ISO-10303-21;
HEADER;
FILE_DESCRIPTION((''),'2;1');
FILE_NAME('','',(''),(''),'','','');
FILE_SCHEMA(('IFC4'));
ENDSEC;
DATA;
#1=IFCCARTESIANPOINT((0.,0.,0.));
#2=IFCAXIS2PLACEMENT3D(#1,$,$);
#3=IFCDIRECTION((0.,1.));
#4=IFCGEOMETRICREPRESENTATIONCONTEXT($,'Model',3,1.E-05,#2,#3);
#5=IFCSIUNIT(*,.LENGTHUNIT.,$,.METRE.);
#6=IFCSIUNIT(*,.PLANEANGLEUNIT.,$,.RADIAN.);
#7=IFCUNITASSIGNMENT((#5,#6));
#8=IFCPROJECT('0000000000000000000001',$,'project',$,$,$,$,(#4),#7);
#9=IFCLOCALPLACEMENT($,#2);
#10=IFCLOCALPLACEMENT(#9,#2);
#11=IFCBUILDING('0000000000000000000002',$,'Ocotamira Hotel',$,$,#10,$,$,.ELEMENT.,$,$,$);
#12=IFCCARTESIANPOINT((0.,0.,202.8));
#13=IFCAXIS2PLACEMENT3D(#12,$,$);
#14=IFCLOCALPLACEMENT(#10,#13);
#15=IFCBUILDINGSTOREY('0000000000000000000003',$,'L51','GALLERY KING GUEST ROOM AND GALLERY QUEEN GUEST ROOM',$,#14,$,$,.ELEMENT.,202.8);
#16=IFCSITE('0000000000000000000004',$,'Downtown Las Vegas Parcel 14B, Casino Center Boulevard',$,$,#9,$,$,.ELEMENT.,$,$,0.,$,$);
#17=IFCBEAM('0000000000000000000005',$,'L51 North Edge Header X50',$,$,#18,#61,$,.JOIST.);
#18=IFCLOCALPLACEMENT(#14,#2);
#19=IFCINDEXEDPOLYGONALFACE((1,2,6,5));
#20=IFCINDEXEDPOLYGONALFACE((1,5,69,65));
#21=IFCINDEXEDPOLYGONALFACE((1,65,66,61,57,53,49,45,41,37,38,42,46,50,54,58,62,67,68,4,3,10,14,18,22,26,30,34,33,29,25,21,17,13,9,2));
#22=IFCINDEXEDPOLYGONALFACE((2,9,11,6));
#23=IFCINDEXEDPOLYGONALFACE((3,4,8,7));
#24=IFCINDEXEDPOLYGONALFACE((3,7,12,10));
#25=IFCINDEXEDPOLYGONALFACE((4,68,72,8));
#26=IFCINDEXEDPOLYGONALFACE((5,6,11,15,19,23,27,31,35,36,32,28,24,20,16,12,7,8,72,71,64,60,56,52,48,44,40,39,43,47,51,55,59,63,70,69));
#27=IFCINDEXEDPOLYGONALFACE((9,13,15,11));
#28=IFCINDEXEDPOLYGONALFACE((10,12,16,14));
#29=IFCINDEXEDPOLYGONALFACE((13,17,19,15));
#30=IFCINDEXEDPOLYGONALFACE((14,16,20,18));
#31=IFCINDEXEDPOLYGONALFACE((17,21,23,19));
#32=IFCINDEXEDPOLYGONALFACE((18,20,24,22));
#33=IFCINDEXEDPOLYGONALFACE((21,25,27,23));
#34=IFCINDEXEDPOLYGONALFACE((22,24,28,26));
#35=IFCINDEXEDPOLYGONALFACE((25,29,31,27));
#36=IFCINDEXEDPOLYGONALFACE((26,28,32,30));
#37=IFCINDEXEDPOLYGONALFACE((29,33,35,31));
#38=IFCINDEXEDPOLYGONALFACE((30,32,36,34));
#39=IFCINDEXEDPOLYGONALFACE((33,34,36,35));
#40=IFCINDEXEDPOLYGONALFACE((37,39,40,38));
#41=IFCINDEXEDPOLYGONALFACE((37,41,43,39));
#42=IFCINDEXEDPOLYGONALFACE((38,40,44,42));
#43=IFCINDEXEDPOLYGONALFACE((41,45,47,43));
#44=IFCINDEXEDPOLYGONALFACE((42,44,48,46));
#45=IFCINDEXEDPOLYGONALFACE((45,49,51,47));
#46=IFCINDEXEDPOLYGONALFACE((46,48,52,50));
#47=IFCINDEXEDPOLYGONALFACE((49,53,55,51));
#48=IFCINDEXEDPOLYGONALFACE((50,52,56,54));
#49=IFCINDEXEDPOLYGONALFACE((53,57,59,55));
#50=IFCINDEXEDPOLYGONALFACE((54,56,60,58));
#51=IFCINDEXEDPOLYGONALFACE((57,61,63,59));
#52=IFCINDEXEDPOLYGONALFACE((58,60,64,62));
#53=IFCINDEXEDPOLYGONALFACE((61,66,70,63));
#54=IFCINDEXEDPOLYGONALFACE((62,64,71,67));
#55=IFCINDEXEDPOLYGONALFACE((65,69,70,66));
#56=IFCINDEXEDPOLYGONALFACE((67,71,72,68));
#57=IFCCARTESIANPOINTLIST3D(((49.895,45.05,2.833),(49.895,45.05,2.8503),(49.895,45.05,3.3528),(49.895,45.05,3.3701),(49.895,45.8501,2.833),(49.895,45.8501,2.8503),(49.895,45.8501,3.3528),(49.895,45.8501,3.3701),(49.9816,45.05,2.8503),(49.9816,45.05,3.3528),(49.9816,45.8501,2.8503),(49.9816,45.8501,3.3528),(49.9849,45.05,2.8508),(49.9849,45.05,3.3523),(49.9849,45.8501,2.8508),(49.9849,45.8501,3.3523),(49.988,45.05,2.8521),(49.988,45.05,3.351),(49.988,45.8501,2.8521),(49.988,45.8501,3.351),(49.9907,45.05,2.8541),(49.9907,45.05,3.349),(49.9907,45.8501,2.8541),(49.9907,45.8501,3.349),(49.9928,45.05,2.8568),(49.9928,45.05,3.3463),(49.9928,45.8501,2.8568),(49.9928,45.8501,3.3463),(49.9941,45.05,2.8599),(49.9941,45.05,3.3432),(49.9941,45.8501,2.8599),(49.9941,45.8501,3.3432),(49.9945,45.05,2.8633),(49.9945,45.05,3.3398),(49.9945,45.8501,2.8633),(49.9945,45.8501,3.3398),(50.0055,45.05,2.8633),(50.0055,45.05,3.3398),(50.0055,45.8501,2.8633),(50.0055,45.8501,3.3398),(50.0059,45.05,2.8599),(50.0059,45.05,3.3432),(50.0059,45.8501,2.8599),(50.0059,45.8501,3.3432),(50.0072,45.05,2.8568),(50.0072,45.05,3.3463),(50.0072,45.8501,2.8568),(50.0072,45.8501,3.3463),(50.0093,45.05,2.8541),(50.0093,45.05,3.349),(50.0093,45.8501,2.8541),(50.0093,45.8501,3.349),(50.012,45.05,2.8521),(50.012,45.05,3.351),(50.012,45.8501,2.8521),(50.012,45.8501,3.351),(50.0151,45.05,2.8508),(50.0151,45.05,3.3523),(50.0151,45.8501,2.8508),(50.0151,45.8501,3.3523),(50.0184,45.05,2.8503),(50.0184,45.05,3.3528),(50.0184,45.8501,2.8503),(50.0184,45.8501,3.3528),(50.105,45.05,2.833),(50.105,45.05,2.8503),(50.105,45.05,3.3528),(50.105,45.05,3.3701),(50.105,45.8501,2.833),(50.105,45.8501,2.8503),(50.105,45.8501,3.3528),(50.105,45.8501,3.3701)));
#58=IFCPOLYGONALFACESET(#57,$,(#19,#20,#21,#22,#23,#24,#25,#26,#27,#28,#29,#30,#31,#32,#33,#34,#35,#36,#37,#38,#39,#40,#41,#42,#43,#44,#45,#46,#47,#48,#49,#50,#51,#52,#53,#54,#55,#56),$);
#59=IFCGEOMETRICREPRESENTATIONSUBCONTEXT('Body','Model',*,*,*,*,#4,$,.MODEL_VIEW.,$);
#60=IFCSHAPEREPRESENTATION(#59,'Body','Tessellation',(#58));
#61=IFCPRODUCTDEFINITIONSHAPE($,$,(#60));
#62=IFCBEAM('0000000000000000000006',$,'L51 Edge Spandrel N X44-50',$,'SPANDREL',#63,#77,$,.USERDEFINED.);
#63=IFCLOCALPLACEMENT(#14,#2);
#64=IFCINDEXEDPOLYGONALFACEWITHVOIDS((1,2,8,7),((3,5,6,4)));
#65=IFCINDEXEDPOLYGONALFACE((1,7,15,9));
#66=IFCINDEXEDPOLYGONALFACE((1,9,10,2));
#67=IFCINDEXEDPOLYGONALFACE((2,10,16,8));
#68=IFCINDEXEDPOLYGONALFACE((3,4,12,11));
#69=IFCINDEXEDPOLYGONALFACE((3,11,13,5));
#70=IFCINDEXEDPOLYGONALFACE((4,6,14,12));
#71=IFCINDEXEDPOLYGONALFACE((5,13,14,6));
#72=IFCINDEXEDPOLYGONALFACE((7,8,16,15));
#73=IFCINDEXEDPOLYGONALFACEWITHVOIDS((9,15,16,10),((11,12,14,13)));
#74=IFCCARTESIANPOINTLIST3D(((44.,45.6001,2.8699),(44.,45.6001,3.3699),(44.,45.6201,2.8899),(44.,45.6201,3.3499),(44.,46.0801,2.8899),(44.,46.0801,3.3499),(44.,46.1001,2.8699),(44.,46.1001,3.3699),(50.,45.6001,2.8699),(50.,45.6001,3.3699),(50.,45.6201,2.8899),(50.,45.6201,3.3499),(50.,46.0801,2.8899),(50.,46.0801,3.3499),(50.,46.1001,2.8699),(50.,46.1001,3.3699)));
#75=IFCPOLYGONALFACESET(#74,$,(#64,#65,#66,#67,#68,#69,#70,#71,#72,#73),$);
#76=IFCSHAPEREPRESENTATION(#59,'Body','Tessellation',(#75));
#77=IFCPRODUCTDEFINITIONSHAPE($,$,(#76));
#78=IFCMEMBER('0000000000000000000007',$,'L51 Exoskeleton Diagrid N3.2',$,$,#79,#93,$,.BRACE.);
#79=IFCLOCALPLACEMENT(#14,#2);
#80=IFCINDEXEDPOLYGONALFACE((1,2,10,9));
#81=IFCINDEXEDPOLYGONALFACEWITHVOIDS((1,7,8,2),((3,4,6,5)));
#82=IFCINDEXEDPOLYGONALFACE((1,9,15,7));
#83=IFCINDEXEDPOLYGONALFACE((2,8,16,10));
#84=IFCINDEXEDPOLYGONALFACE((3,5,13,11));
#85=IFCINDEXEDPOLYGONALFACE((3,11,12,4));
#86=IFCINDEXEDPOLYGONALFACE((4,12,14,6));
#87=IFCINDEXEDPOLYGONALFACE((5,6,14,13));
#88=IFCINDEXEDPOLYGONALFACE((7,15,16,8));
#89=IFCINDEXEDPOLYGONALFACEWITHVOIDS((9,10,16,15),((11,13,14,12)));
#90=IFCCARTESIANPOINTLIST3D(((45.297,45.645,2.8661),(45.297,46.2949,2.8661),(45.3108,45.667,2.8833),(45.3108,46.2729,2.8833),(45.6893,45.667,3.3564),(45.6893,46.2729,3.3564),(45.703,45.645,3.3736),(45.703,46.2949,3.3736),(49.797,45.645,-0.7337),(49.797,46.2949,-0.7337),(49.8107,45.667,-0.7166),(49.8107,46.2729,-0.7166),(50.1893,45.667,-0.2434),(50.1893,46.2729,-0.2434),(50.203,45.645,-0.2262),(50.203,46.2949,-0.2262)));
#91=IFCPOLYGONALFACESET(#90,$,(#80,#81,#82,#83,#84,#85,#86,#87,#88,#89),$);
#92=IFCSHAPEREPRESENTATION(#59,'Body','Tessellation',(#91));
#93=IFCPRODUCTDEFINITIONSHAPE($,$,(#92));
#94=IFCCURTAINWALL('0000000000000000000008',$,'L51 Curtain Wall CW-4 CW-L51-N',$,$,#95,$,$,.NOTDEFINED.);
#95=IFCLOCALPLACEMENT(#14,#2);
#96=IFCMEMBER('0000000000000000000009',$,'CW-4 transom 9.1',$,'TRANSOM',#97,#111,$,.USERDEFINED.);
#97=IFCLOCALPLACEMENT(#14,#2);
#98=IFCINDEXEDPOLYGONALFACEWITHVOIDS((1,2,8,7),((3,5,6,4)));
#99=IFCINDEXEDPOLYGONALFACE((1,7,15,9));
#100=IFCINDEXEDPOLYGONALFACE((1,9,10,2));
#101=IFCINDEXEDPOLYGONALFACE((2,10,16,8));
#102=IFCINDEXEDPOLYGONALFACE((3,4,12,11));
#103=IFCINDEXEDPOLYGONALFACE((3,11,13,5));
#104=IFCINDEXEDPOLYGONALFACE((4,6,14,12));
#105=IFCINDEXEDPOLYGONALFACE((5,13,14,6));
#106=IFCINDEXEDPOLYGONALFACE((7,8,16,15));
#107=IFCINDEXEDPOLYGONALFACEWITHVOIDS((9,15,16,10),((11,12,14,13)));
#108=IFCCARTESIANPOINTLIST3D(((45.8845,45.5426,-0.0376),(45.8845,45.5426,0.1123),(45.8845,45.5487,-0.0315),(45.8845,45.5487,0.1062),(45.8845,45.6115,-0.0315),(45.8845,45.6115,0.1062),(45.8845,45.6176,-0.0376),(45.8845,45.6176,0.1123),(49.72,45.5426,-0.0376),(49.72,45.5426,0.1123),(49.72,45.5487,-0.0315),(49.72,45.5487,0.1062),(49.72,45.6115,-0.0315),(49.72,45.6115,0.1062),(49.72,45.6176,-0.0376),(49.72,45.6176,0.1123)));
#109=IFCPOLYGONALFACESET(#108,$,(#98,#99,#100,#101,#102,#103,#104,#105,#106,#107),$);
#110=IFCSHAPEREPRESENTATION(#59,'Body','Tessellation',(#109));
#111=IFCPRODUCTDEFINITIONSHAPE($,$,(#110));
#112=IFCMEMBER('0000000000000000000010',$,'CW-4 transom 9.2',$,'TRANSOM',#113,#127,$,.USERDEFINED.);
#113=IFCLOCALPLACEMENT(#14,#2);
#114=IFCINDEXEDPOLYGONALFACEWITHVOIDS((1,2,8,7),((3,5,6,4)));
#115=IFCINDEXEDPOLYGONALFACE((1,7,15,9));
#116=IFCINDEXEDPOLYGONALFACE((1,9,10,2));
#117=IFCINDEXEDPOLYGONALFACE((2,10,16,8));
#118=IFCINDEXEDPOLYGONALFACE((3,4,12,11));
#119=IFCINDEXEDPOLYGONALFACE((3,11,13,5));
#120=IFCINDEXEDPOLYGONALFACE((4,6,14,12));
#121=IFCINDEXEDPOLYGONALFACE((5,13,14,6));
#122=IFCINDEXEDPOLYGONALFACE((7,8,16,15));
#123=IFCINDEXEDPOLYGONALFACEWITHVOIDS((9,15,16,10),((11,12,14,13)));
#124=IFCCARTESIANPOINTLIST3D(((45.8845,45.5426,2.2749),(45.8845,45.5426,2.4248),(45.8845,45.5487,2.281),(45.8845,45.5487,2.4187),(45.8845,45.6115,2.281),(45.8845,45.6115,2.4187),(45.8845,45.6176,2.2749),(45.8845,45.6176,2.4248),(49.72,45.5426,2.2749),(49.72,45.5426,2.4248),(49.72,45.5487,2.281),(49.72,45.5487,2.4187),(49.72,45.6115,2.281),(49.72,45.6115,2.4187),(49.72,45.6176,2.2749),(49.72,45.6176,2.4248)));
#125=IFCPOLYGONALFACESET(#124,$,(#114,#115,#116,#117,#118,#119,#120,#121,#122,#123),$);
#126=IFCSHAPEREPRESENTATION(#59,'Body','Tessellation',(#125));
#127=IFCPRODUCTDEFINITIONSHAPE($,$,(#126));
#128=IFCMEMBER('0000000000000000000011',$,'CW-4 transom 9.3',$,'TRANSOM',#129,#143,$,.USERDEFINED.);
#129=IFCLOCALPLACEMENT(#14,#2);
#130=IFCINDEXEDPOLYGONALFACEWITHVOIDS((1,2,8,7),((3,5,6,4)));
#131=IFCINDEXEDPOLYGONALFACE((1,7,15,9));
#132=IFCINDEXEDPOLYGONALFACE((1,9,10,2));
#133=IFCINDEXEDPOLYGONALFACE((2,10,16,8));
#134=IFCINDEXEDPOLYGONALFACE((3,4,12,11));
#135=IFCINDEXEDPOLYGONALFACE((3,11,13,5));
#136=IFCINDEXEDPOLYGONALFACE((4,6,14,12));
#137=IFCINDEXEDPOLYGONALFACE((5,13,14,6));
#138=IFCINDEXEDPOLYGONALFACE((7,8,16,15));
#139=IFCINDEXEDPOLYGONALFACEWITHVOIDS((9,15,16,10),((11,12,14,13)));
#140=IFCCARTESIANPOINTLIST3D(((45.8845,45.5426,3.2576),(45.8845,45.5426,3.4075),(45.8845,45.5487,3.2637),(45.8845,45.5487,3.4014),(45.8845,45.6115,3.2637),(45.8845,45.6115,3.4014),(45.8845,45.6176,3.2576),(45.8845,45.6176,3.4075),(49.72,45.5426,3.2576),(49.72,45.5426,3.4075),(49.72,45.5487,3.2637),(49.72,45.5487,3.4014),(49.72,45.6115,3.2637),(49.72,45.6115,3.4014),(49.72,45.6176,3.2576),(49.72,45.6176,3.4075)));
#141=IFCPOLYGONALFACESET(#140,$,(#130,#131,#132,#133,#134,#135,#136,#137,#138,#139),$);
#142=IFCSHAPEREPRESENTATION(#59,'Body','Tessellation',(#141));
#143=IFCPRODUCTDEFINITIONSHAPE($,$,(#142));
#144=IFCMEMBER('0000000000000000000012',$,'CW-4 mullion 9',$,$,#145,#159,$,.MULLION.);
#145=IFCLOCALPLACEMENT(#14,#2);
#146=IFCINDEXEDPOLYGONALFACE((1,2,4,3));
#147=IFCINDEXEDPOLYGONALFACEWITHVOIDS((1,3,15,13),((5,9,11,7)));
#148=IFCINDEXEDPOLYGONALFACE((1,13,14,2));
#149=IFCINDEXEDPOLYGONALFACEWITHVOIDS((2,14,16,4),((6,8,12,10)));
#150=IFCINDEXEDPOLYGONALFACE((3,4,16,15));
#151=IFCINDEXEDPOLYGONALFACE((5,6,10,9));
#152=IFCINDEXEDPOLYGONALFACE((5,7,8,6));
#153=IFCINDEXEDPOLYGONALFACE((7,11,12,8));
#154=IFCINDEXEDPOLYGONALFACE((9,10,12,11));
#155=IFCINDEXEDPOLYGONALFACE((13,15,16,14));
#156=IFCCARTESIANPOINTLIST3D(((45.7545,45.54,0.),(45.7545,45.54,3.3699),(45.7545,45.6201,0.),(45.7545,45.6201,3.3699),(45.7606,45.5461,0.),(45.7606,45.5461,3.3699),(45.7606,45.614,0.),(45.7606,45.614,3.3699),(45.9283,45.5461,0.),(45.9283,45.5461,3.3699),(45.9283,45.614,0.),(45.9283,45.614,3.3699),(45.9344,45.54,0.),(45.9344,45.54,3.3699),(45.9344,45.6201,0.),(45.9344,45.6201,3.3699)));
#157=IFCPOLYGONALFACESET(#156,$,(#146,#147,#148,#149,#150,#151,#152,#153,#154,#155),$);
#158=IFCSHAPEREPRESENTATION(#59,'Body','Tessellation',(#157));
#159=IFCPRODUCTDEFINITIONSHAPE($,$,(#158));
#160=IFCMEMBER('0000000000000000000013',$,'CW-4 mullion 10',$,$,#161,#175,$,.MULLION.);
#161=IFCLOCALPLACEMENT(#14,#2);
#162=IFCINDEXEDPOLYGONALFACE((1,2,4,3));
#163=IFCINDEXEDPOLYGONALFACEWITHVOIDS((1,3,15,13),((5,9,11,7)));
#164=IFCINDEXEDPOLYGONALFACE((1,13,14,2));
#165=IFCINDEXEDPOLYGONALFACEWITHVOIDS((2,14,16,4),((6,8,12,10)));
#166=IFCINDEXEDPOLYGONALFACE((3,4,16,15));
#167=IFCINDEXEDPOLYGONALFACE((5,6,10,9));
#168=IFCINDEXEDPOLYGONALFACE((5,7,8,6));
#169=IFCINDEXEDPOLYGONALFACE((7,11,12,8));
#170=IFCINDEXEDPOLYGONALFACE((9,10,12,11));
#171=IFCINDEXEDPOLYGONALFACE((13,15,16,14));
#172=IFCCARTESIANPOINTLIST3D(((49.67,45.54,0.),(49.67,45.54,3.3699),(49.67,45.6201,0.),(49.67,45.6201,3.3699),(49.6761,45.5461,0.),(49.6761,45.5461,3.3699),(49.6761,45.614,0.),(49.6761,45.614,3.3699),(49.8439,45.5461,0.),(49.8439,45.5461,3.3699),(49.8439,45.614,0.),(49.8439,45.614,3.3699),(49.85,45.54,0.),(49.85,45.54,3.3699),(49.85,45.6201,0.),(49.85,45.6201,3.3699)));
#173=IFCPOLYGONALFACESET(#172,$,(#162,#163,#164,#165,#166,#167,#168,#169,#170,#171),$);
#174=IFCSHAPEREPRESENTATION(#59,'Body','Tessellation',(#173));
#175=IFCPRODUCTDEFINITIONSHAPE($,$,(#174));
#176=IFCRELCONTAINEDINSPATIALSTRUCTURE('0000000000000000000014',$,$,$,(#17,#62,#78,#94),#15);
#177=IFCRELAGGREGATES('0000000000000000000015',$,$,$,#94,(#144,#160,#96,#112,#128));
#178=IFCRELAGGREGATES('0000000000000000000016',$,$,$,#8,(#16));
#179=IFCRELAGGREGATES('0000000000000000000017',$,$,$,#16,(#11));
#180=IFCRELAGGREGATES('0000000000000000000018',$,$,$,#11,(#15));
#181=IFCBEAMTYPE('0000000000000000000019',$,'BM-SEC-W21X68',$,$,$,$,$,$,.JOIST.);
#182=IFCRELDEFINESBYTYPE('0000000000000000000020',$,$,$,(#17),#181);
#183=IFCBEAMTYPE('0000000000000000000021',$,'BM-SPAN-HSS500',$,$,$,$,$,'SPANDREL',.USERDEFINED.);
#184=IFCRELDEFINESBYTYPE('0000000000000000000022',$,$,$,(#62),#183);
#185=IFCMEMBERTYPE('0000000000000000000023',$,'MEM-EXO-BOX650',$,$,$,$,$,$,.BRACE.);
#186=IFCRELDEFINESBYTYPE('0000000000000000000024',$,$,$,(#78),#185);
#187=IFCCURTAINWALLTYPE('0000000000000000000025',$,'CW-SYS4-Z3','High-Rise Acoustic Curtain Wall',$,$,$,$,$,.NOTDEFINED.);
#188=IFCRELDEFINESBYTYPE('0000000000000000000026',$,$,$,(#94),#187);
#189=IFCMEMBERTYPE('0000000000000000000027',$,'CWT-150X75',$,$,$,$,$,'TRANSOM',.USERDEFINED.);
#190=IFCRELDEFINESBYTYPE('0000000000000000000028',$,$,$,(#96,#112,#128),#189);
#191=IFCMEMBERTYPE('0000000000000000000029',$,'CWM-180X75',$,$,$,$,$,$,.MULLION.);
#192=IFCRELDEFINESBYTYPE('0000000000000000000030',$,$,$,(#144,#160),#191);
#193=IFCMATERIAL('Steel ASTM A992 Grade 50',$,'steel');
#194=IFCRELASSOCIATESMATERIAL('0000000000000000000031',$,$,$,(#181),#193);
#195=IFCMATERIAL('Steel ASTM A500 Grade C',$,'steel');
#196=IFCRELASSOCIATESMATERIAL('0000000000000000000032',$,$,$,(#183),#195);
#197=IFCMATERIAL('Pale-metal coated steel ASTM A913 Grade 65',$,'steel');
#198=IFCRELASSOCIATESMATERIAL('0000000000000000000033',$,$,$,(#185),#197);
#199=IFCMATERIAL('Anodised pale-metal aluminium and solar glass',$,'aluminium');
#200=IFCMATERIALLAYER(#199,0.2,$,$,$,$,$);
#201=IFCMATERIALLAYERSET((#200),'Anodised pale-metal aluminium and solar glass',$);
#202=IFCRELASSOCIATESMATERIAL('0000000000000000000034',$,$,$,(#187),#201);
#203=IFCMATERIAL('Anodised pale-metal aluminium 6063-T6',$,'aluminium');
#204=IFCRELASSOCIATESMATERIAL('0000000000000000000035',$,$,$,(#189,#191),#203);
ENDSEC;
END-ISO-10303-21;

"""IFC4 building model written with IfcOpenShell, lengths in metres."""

from ifc_helpers import new_model, si_unit, direction, frame, origin, origin_2d, place, context, subcontext, project, spatial, hollow_rectangle, i_section, extrude, source, transform, mapped, material, layer, layer_set, material_profile, profile_set, type_object, element, aggregate, save


model = new_model("IFC4")

# Units and contexts
model_context = context("Model", 3, precision=1e-05, world=origin(), true_north=direction((0.0, 1.0)))
body_context = subcontext(model_context, "Body", "Model", "MODEL_VIEW")
ifc_project = project(units=[si_unit("LENGTHUNIT", "METRE"), si_unit("PLANEANGLEUNIT", "RADIAN")], contexts=[model_context])

# Site, building, storey
site_placement = place(None, origin())
site = spatial("IfcSite", under=ifc_project, at=site_placement, Name="Downtown Las Vegas Parcel 14B, Casino Center Boulevard", CompositionType="ELEMENT", RefElevation=0.0)
building_placement = place(site_placement, origin())
building = spatial("IfcBuilding", under=site, at=building_placement, Name="Ocotamira Hotel", CompositionType="ELEMENT")
storey_placement = place(building_placement, frame((0.0, 0.0, 202.8)))
storey = spatial("IfcBuildingStorey", under=building, at=storey_placement, Name="L51", Description="GALLERY KING GUEST ROOM AND GALLERY QUEEN GUEST ROOM", CompositionType="ELEMENT", Elevation=202.8)

# Beams
ifc_material_1 = material(Name="Steel ASTM A992 Grade 50", Category="steel")
ifc_material_profile_1 = material_profile(ifc_material_1, i_section(OverallWidth=0.21, OverallDepth=0.5371, WebThickness=0.011, FlangeThickness=0.0173, FilletRadius=0.0129, at=origin_2d()), Name="W21X68")
ifc_profile_set_1 = profile_set([ifc_material_profile_1], Name="Steel ASTM A992 Grade 50")
beam_type_1 = type_object("IfcBeamType", Name="BM-SEC-W21X68", PredefinedType="JOIST", material=ifc_profile_set_1)
shared_shape_1 = source(origin(), body_context, "Body", "SweptSolid", [
    extrude(i_section(OverallWidth=0.21, OverallDepth=0.5371, WebThickness=0.011, FlangeThickness=0.0173, FilletRadius=0.0129, at=origin_2d()), origin(), (0.0, 0.0, 1.0), 0.8),
])
for number, where, z_axis, x_axis, name in (
    (1, (50.0, 45.05, 3.1016), (0.0, 1.0, 0.0), (-1.0, 0.0, 0.0), "L51 North Edge Header X50"),
):
    element("IfcBeam", number, at=place(storey_placement, frame(where, z_axis=z_axis, x_axis=x_axis)), inside=storey, type_object=beam_type_1, Name=name, PredefinedType="JOIST", context=body_context, shape_type="MappedRepresentation", body=[
        mapped(shared_shape_1, transform((0.0, 0.0, 0.0), scale=1.0)),
    ])
ifc_material_2 = material(Name="Steel ASTM A500 Grade C", Category="steel")
ifc_material_profile_2 = material_profile(ifc_material_2, hollow_rectangle(XDim=0.5, YDim=0.5, WallThickness=0.02, at=origin_2d()), Name="HSS500X500X20")
ifc_profile_set_2 = profile_set([ifc_material_profile_2], Name="Steel ASTM A500 Grade C")
beam_type_2 = type_object("IfcBeamType", Name="BM-SPAN-HSS500", ElementType="SPANDREL", PredefinedType="USERDEFINED", material=ifc_profile_set_2)
shared_shape_2 = source(origin(), body_context, "Body", "SweptSolid", [
    extrude(hollow_rectangle(XDim=0.5, YDim=0.5, WallThickness=0.02, at=origin_2d()), origin(), (0.0, 0.0, 1.0), 6.0),
])
beam_1_placement = place(storey_placement, frame((44.0, 45.8501, 3.1199), z_axis=(1.0, 0.0, 0.0), x_axis=(0.0, 1.0, 0.0)))
element("IfcBeam", 2, at=beam_1_placement, inside=storey, type_object=beam_type_2, Name="L51 Edge Spandrel N X44-50", ObjectType="SPANDREL", PredefinedType="USERDEFINED", context=body_context, shape_type="MappedRepresentation", body=[
    mapped(shared_shape_2, transform((0.0, 0.0, 0.0), scale=1.0)),
])

# Member
ifc_material_3 = material(Name="Pale-metal coated steel ASTM A913 Grade 65", Category="steel")
ifc_material_profile_3 = material_profile(ifc_material_3, hollow_rectangle(XDim=0.6499, YDim=0.6499, WallThickness=0.022, at=origin_2d()), Name="BOX650X650X22")
ifc_profile_set_3 = profile_set([ifc_material_profile_3], Name="Pale-metal coated steel ASTM A913 Grade 65")
member_type_1 = type_object("IfcMemberType", Name="MEM-EXO-BOX650", PredefinedType="BRACE", material=ifc_profile_set_3)
shared_shape_3 = source(origin(), body_context, "Body", "SweptSolid", [
    extrude(hollow_rectangle(XDim=0.6499, YDim=0.6499, WallThickness=0.022, at=origin_2d()), origin(), (0.0, 0.0, 1.0), 5.7627),
])
member_1_placement = place(storey_placement, frame((50.0, 45.97, -0.48), z_axis=(-0.780881, 0.0, 0.62468), x_axis=(0.0, -1.0, 0.0)))
element("IfcMember", 3, at=member_1_placement, inside=storey, type_object=member_type_1, Name="L51 Exoskeleton Diagrid N3.2", PredefinedType="BRACE", context=body_context, shape_type="MappedRepresentation", body=[
    mapped(shared_shape_3, transform((0.0, 0.0, 0.0), scale=1.0)),
])

# Curtain wall, members
ifc_material_4 = material(Name="Anodised pale-metal aluminium and solar glass", Category="aluminium")
ifc_layer_1 = layer(ifc_material_4, 0.2)
ifc_layer_set_1 = layer_set([ifc_layer_1], Name="Anodised pale-metal aluminium and solar glass")
curtain_wall_type = type_object("IfcCurtainWallType", Name="CW-SYS4-Z3", Description="High-Rise Acoustic Curtain Wall", PredefinedType="NOTDEFINED", material=ifc_layer_set_1)
curtain_wall_1_placement = place(storey_placement, origin())
curtain_wall_1 = element("IfcCurtainWall", 4, at=curtain_wall_1_placement, inside=storey, type_object=curtain_wall_type, Name="L51 Curtain Wall CW-4 CW-L51-N", PredefinedType="NOTDEFINED")
ifc_material_5 = material(Name="Anodised pale-metal aluminium 6063-T6", Category="aluminium")
ifc_material_profile_4 = material_profile(ifc_material_5, hollow_rectangle(XDim=0.075, YDim=0.1499, WallThickness=0.0061, at=origin_2d()), Name="HSS150X75X6")
ifc_profile_set_4 = profile_set([ifc_material_profile_4], Name="Anodised pale-metal aluminium 6063-T6")
member_type_2 = type_object("IfcMemberType", Name="CWT-150X75", ElementType="TRANSOM", PredefinedType="USERDEFINED", material=ifc_profile_set_4)
shared_shape_4 = source(origin(), body_context, "Body", "SweptSolid", [
    extrude(hollow_rectangle(XDim=0.075, YDim=0.1499, WallThickness=0.0061, at=origin_2d()), origin(), (0.0, 0.0, 1.0), 3.8354),
])
member_2_placement = place(storey_placement, frame((45.8845, 45.5801, 0.0374), z_axis=(1.0, 0.0, 0.0), x_axis=(0.0, 1.0, 0.0)))
member_2 = element("IfcMember", 5, at=member_2_placement, type_object=member_type_2, Name="CW-4 transom 9.1", ObjectType="TRANSOM", PredefinedType="USERDEFINED", context=body_context, shape_type="MappedRepresentation", body=[
    mapped(shared_shape_4, transform((0.0, 0.0, 0.0), scale=1.0)),
])
member_3_placement = place(storey_placement, frame((45.8845, 45.5801, 2.3499), z_axis=(1.0, 0.0, 0.0), x_axis=(0.0, 1.0, 0.0)))
member_3 = element("IfcMember", 6, at=member_3_placement, type_object=member_type_2, Name="CW-4 transom 9.2", ObjectType="TRANSOM", PredefinedType="USERDEFINED", context=body_context, shape_type="MappedRepresentation", body=[
    mapped(shared_shape_4, transform((0.0, 0.0, 0.0), scale=1.0)),
])
member_4_placement = place(storey_placement, frame((45.8845, 45.5801, 3.3325), z_axis=(1.0, 0.0, 0.0), x_axis=(0.0, 1.0, 0.0)))
member_4 = element("IfcMember", 7, at=member_4_placement, type_object=member_type_2, Name="CW-4 transom 9.3", ObjectType="TRANSOM", PredefinedType="USERDEFINED", context=body_context, shape_type="MappedRepresentation", body=[
    mapped(shared_shape_4, transform((0.0, 0.0, 0.0), scale=1.0)),
])
ifc_material_profile_5 = material_profile(ifc_material_5, hollow_rectangle(XDim=0.0801, YDim=0.1799, WallThickness=0.0061, at=origin_2d()), Name="HSS180X80X6")
ifc_profile_set_5 = profile_set([ifc_material_profile_5], Name="Anodised pale-metal aluminium 6063-T6")
member_type_3 = type_object("IfcMemberType", Name="CWM-180X75", PredefinedType="MULLION", material=ifc_profile_set_5)
shared_shape_5 = source(origin(), body_context, "Body", "SweptSolid", [
    extrude(hollow_rectangle(XDim=0.0801, YDim=0.1799, WallThickness=0.0061, at=origin_2d()), origin(), (0.0, 0.0, 1.0), 3.3699),
])
member_5_placement = place(storey_placement, frame((45.8445, 45.5801, 0.0), z_axis=(0.0, 0.0, 1.0), x_axis=(0.0, 1.0, 0.0)))
member_5 = element("IfcMember", 8, at=member_5_placement, type_object=member_type_3, Name="CW-4 mullion 9", PredefinedType="MULLION", context=body_context, shape_type="MappedRepresentation", body=[
    mapped(shared_shape_5, transform((0.0, 0.0, 0.0), scale=1.0)),
])
member_6_placement = place(storey_placement, frame((49.76, 45.5801, 0.0), z_axis=(0.0, 0.0, 1.0), x_axis=(0.0, 1.0, 0.0)))
member_6 = element("IfcMember", 9, at=member_6_placement, type_object=member_type_3, Name="CW-4 mullion 10", PredefinedType="MULLION", context=body_context, shape_type="MappedRepresentation", body=[
    mapped(shared_shape_5, transform((0.0, 0.0, 0.0), scale=1.0)),
])

aggregate(curtain_wall_1, [member_5, member_6, member_2, member_3, member_4])

save(model, "model.ifc")
